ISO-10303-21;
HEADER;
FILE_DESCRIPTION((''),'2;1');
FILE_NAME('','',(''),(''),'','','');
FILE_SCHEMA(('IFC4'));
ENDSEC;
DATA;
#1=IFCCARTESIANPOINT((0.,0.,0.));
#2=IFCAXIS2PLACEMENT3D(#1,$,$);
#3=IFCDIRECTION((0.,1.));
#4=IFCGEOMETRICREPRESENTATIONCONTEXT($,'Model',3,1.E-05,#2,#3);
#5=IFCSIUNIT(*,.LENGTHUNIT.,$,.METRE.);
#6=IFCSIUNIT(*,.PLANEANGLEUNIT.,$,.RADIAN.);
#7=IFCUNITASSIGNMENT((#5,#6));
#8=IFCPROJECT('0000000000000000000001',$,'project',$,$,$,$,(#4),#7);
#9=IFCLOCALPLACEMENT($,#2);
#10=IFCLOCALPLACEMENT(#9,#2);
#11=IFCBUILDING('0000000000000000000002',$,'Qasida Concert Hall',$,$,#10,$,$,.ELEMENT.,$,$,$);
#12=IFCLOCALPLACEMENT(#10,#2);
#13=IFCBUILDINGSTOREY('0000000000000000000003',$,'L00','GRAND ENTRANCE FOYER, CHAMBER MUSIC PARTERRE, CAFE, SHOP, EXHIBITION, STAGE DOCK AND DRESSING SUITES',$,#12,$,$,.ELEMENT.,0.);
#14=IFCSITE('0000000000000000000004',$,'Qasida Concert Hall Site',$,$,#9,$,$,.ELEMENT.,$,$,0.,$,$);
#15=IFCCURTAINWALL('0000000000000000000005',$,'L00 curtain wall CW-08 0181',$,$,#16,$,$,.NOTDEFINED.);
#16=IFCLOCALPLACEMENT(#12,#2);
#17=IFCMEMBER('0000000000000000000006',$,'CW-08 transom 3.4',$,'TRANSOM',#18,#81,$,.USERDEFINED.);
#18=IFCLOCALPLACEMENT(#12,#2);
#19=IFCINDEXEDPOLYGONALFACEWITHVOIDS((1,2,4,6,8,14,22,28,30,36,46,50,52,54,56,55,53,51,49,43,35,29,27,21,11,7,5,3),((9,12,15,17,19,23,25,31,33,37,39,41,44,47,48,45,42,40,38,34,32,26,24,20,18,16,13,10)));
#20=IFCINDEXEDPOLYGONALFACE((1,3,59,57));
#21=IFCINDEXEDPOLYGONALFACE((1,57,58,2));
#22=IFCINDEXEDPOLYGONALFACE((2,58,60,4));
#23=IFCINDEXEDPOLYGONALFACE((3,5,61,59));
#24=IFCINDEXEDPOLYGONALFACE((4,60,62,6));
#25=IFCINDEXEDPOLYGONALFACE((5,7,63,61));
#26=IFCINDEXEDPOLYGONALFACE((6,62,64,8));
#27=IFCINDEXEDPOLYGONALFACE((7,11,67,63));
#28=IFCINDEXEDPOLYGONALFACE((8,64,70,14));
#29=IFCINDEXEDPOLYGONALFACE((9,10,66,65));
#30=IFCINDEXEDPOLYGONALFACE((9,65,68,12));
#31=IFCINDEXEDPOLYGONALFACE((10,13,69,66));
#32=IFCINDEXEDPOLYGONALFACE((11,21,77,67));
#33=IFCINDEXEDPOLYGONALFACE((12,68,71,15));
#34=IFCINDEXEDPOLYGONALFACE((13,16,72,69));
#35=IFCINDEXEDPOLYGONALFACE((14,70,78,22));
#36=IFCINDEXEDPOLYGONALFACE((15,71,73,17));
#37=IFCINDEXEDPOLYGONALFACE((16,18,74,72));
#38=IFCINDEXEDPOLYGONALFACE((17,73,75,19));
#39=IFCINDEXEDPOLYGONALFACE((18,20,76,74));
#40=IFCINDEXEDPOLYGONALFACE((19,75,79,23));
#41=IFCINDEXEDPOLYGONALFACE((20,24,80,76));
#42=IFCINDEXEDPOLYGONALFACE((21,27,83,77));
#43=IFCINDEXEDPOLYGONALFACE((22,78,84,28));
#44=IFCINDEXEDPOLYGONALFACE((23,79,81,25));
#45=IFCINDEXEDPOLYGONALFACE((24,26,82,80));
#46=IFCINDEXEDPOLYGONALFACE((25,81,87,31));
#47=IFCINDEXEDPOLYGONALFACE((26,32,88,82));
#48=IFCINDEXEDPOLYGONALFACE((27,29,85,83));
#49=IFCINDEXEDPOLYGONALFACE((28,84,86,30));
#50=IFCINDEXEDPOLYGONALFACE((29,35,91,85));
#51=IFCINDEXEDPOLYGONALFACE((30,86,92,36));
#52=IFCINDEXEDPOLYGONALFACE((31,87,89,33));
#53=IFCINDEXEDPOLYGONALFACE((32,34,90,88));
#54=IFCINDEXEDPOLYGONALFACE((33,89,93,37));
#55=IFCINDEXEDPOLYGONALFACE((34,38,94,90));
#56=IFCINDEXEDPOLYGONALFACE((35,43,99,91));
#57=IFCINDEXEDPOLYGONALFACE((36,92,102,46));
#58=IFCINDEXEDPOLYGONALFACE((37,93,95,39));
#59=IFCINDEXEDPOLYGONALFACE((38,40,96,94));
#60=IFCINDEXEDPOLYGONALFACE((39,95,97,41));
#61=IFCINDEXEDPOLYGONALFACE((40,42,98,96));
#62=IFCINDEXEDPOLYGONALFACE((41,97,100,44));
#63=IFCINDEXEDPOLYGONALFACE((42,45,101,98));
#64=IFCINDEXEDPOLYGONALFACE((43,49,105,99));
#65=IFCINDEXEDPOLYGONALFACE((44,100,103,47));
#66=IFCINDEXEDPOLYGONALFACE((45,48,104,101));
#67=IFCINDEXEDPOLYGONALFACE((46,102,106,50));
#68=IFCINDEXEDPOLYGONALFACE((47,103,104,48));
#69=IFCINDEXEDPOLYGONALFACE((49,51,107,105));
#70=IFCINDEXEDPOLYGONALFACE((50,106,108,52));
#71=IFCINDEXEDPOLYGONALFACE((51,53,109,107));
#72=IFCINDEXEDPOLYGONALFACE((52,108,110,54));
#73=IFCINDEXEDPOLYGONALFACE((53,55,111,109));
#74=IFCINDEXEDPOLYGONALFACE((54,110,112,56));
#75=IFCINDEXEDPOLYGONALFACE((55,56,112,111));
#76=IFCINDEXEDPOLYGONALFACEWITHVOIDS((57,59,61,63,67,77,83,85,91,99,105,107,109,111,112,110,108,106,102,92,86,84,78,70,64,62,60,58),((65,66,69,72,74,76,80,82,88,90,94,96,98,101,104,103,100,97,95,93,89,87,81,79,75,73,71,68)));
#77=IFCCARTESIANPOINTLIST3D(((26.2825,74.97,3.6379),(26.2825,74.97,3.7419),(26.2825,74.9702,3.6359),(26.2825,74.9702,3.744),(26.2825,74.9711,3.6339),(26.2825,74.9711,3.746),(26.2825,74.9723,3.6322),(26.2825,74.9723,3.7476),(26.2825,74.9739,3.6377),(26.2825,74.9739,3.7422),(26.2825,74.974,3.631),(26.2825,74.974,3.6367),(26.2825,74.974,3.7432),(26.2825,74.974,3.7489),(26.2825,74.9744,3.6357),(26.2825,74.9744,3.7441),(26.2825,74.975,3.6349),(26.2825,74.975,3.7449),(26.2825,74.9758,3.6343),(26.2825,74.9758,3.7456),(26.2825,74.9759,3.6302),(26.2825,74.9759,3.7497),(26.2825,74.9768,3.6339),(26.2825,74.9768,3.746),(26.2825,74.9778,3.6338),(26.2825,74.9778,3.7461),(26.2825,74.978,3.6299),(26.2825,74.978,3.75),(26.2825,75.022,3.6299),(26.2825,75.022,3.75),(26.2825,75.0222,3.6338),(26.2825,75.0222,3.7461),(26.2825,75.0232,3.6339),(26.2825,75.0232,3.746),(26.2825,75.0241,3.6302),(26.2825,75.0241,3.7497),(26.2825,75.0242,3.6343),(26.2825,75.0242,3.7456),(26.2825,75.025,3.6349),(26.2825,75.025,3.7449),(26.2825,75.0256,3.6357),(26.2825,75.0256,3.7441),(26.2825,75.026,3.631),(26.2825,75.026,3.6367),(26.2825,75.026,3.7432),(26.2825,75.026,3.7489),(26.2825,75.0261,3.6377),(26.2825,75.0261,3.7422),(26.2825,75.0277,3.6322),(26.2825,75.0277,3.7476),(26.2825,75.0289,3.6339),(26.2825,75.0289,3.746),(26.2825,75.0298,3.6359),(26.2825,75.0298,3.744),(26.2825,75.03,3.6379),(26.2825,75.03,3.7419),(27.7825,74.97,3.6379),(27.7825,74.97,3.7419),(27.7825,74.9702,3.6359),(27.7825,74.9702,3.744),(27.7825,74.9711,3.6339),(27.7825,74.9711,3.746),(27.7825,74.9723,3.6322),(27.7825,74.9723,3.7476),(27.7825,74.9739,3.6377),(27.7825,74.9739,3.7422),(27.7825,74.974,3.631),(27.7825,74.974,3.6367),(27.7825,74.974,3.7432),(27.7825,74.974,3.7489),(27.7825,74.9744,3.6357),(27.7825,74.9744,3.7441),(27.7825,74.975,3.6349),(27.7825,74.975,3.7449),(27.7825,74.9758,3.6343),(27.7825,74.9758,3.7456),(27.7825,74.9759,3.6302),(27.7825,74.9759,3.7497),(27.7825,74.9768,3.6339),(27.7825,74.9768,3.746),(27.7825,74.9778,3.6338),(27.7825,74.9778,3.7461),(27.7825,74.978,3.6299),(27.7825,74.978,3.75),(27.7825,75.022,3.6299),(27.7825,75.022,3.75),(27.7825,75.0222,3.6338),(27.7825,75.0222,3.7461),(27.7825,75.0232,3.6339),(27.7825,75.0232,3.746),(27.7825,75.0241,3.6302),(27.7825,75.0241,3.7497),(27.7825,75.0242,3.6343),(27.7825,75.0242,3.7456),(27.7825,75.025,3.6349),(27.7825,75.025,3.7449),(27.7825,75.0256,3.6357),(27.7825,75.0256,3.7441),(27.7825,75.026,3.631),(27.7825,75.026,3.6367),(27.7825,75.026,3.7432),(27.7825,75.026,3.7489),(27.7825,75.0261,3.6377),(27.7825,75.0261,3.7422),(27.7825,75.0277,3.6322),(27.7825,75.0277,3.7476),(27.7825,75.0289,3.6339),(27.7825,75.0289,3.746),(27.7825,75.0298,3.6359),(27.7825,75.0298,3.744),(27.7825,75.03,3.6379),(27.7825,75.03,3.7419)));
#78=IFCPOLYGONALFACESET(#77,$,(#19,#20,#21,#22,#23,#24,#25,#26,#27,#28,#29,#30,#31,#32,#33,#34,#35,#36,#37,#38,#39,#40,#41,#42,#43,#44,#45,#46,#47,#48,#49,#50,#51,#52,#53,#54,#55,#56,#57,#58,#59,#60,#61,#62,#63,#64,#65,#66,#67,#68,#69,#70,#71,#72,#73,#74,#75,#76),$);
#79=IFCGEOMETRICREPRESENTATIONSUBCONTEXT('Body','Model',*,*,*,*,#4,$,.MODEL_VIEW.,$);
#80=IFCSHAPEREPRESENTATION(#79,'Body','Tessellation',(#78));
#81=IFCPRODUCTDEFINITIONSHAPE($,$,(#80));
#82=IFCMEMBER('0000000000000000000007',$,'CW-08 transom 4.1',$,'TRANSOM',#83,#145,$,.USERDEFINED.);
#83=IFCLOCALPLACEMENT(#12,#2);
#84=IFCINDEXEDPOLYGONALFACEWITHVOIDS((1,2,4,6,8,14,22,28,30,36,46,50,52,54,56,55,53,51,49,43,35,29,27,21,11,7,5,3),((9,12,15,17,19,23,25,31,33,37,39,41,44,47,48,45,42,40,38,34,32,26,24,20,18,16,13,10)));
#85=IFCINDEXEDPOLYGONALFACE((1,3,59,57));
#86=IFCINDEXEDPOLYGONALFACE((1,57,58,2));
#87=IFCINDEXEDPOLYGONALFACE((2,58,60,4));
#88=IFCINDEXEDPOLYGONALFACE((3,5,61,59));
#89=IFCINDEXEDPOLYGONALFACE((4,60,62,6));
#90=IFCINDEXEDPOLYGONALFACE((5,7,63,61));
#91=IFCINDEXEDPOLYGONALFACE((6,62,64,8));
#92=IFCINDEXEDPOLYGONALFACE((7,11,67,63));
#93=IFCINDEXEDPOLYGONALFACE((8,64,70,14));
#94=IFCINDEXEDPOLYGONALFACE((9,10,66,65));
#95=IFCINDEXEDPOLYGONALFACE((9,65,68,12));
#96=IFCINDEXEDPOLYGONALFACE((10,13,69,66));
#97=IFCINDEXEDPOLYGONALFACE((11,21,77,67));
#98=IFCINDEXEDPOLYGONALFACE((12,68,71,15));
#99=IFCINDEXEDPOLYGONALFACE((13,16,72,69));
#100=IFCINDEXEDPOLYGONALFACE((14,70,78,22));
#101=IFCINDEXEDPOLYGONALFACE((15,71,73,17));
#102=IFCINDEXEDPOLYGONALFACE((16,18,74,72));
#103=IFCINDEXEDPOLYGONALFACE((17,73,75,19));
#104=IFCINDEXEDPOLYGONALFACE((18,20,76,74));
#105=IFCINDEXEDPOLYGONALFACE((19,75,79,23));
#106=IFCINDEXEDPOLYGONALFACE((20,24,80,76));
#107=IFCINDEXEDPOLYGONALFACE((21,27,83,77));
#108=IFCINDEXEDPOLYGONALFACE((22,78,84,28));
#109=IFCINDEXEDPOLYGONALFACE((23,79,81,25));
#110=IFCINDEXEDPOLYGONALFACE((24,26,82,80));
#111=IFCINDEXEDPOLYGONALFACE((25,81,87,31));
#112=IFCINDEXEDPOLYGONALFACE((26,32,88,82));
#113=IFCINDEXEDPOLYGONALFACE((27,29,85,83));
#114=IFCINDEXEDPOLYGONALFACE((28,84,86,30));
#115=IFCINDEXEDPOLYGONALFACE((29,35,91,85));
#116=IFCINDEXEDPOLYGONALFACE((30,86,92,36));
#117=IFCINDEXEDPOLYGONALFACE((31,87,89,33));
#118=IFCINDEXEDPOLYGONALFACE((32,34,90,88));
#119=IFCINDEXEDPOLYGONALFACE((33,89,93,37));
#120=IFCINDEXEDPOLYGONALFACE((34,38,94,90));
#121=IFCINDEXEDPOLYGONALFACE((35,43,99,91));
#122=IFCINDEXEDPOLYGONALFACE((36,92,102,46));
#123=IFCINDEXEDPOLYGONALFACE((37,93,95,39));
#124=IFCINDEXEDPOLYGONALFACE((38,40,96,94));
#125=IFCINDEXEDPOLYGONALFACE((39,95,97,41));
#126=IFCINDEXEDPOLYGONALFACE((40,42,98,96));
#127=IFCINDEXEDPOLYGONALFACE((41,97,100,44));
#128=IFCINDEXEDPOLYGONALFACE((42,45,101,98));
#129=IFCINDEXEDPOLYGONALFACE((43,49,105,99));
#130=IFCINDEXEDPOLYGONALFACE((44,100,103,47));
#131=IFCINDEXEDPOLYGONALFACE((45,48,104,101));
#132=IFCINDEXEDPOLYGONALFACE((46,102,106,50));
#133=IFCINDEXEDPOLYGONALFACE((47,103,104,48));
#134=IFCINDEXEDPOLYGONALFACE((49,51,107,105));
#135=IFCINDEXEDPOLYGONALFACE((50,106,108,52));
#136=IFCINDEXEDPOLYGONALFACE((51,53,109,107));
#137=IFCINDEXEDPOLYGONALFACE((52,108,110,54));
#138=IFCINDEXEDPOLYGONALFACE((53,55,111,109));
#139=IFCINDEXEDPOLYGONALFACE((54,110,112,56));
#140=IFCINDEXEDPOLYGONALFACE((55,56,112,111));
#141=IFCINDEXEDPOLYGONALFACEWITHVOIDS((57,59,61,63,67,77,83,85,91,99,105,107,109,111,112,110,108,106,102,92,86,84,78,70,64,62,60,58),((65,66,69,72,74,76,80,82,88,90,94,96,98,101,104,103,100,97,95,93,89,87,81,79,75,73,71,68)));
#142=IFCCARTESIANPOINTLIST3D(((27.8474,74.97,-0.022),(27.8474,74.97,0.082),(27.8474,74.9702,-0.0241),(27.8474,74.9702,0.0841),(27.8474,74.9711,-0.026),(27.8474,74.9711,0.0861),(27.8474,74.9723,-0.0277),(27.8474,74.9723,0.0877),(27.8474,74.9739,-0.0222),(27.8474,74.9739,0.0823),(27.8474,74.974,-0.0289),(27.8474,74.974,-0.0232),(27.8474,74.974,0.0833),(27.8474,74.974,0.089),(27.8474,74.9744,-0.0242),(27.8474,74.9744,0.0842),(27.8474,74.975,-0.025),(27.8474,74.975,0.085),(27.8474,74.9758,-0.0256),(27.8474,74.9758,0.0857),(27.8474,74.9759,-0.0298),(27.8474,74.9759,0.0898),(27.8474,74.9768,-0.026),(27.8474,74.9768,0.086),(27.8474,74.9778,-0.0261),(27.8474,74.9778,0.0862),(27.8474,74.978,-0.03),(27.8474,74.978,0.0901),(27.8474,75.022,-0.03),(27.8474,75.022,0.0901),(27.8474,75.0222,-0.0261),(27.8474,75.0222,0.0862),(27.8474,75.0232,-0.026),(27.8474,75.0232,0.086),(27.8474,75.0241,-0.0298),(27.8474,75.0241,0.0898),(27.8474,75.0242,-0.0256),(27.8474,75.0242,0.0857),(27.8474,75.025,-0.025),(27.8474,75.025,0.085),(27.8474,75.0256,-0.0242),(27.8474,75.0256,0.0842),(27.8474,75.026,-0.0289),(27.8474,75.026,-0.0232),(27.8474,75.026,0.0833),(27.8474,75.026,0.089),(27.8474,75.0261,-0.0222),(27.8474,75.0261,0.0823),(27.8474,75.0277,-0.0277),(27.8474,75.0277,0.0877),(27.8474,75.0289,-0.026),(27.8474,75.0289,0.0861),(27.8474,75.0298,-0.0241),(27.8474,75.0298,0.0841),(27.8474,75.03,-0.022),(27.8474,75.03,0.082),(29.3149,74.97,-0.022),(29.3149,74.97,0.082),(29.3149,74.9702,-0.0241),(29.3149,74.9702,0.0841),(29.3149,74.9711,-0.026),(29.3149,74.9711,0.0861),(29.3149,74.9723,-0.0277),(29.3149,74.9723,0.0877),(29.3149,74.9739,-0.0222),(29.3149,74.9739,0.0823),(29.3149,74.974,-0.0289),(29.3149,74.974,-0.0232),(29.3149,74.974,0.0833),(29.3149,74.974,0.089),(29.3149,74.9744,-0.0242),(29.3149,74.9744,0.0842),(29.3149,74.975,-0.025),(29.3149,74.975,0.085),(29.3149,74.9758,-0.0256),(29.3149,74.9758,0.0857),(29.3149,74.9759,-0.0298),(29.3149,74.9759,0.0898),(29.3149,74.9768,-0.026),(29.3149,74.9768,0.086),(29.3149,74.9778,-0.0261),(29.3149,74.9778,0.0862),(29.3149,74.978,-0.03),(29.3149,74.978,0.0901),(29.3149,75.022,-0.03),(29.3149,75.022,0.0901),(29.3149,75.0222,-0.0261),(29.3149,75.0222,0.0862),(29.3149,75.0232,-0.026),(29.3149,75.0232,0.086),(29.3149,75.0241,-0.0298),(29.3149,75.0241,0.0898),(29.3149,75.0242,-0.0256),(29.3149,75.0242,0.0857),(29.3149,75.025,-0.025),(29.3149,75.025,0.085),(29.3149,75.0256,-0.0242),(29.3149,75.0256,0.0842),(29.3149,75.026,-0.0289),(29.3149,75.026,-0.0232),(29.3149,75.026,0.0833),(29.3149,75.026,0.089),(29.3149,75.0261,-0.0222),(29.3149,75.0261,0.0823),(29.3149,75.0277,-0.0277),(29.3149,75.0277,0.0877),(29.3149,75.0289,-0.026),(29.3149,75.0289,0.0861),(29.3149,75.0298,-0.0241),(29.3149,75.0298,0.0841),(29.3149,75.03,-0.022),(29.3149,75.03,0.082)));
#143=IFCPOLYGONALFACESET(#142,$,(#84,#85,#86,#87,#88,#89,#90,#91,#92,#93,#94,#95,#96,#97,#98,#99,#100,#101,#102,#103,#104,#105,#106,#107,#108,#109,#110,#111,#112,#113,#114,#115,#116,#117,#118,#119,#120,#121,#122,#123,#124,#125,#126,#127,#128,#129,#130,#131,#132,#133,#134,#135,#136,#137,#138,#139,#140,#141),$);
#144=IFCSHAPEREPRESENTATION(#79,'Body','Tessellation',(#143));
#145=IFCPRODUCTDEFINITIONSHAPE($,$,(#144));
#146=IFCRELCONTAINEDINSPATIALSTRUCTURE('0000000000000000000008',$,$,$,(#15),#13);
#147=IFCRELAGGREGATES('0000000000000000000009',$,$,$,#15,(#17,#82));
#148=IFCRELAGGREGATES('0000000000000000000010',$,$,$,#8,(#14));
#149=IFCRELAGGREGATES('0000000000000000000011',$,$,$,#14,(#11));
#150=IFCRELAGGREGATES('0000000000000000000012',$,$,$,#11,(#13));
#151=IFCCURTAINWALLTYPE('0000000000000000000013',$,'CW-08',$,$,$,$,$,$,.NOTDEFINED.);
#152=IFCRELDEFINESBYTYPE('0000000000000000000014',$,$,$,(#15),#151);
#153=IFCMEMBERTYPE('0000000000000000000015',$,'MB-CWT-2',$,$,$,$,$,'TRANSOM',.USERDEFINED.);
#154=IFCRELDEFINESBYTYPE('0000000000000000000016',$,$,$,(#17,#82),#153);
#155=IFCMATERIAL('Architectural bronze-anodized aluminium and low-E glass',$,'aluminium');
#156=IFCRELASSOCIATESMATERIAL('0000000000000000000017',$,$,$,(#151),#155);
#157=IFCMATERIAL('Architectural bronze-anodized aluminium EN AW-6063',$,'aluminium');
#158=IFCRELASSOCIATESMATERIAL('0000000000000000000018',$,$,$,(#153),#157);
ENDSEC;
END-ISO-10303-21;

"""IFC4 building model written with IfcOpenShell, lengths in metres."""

from ifc_helpers import new_model, si_unit, direction, frame, origin, origin_2d, place, context, subcontext, project, spatial, hollow_rectangle, extrude, material, material_profile, profile_set, type_object, element, aggregate, save


model = new_model("IFC4")

# Units and contexts
model_context = context("Model", 3, precision=1e-05, world=origin(), true_north=direction((0.0, 1.0)))
body_context = subcontext(model_context, "Body", "Model", "MODEL_VIEW")
ifc_project = project(units=[si_unit("LENGTHUNIT", "METRE"), si_unit("PLANEANGLEUNIT", "RADIAN")], contexts=[model_context])

# Site, building, storey
site_placement = place(None, origin())
site = spatial("IfcSite", under=ifc_project, at=site_placement, Name="Qasida Concert Hall Site", CompositionType="ELEMENT", RefElevation=0.0)
building_placement = place(site_placement, origin())
building = spatial("IfcBuilding", under=site, at=building_placement, Name="Qasida Concert Hall", CompositionType="ELEMENT")
storey_placement = place(building_placement, origin())
storey = spatial("IfcBuildingStorey", under=building, at=storey_placement, Name="L00", Description="GRAND ENTRANCE FOYER, CHAMBER MUSIC PARTERRE, CAFE, SHOP, EXHIBITION, STAGE DOCK AND DRESSING SUITES", CompositionType="ELEMENT", Elevation=0.0)

# Curtain wall
ifc_material_1 = material(Name="Architectural bronze-anodized aluminium and low-E glass", Category="aluminium")
curtain_wall_type = type_object("IfcCurtainWallType", Name="CW-08", PredefinedType="NOTDEFINED", material=ifc_material_1)
curtain_wall_1_placement = place(storey_placement, origin())
curtain_wall_1 = element("IfcCurtainWall", 1, at=curtain_wall_1_placement, inside=storey, type_object=curtain_wall_type, Name="L00 curtain wall CW-08 0181", PredefinedType="NOTDEFINED")
ifc_material_2 = material(Name="Architectural bronze-anodized aluminium EN AW-6063", Category="aluminium")

# Members
ifc_material_profile_1 = material_profile(ifc_material_2, hollow_rectangle(XDim=0.0601, YDim=0.1201, WallThickness=0.0039, InnerFilletRadius=0.0039, OuterFilletRadius=0.0081, at=origin_2d()), Name="CWT 120x60x4")
ifc_profile_set_1 = profile_set([ifc_material_profile_1], Name="Architectural bronze-anodized aluminium EN AW-6063")
member_type_1 = type_object("IfcMemberType", Name="MB-CWT-2", ElementType="TRANSOM", PredefinedType="USERDEFINED", material=ifc_profile_set_1)
member_1_placement = place(storey_placement, frame((26.2825, 75.0, 3.6899), z_axis=(1.0, 0.0, 0.0), x_axis=(0.0, 1.0, 0.0)))
member_1 = element("IfcMember", 2, at=member_1_placement, type_object=member_type_1, Name="CW-08 transom 3.4", ObjectType="TRANSOM", PredefinedType="USERDEFINED", context=body_context, shape_type="SweptSolid", body=[
    extrude(hollow_rectangle(XDim=0.0601, YDim=0.1201, WallThickness=0.0039, InnerFilletRadius=0.0039, OuterFilletRadius=0.0081, at=origin_2d()), origin(), (0.0, 0.0, 1.0), 1.5),
])
member_2_placement = place(storey_placement, frame((27.8474, 75.0, 0.03), z_axis=(1.0, 0.0, 0.0), x_axis=(0.0, 1.0, 0.0)))
member_2 = element("IfcMember", 3, at=member_2_placement, type_object=member_type_1, Name="CW-08 transom 4.1", ObjectType="TRANSOM", PredefinedType="USERDEFINED", context=body_context, shape_type="SweptSolid", body=[
    extrude(hollow_rectangle(XDim=0.0601, YDim=0.1201, WallThickness=0.0039, InnerFilletRadius=0.0039, OuterFilletRadius=0.0081, at=origin_2d()), origin(), (0.0, 0.0, 1.0), 1.4675),
])

aggregate(curtain_wall_1, [member_1, member_2])

save(model, "model.ifc")
